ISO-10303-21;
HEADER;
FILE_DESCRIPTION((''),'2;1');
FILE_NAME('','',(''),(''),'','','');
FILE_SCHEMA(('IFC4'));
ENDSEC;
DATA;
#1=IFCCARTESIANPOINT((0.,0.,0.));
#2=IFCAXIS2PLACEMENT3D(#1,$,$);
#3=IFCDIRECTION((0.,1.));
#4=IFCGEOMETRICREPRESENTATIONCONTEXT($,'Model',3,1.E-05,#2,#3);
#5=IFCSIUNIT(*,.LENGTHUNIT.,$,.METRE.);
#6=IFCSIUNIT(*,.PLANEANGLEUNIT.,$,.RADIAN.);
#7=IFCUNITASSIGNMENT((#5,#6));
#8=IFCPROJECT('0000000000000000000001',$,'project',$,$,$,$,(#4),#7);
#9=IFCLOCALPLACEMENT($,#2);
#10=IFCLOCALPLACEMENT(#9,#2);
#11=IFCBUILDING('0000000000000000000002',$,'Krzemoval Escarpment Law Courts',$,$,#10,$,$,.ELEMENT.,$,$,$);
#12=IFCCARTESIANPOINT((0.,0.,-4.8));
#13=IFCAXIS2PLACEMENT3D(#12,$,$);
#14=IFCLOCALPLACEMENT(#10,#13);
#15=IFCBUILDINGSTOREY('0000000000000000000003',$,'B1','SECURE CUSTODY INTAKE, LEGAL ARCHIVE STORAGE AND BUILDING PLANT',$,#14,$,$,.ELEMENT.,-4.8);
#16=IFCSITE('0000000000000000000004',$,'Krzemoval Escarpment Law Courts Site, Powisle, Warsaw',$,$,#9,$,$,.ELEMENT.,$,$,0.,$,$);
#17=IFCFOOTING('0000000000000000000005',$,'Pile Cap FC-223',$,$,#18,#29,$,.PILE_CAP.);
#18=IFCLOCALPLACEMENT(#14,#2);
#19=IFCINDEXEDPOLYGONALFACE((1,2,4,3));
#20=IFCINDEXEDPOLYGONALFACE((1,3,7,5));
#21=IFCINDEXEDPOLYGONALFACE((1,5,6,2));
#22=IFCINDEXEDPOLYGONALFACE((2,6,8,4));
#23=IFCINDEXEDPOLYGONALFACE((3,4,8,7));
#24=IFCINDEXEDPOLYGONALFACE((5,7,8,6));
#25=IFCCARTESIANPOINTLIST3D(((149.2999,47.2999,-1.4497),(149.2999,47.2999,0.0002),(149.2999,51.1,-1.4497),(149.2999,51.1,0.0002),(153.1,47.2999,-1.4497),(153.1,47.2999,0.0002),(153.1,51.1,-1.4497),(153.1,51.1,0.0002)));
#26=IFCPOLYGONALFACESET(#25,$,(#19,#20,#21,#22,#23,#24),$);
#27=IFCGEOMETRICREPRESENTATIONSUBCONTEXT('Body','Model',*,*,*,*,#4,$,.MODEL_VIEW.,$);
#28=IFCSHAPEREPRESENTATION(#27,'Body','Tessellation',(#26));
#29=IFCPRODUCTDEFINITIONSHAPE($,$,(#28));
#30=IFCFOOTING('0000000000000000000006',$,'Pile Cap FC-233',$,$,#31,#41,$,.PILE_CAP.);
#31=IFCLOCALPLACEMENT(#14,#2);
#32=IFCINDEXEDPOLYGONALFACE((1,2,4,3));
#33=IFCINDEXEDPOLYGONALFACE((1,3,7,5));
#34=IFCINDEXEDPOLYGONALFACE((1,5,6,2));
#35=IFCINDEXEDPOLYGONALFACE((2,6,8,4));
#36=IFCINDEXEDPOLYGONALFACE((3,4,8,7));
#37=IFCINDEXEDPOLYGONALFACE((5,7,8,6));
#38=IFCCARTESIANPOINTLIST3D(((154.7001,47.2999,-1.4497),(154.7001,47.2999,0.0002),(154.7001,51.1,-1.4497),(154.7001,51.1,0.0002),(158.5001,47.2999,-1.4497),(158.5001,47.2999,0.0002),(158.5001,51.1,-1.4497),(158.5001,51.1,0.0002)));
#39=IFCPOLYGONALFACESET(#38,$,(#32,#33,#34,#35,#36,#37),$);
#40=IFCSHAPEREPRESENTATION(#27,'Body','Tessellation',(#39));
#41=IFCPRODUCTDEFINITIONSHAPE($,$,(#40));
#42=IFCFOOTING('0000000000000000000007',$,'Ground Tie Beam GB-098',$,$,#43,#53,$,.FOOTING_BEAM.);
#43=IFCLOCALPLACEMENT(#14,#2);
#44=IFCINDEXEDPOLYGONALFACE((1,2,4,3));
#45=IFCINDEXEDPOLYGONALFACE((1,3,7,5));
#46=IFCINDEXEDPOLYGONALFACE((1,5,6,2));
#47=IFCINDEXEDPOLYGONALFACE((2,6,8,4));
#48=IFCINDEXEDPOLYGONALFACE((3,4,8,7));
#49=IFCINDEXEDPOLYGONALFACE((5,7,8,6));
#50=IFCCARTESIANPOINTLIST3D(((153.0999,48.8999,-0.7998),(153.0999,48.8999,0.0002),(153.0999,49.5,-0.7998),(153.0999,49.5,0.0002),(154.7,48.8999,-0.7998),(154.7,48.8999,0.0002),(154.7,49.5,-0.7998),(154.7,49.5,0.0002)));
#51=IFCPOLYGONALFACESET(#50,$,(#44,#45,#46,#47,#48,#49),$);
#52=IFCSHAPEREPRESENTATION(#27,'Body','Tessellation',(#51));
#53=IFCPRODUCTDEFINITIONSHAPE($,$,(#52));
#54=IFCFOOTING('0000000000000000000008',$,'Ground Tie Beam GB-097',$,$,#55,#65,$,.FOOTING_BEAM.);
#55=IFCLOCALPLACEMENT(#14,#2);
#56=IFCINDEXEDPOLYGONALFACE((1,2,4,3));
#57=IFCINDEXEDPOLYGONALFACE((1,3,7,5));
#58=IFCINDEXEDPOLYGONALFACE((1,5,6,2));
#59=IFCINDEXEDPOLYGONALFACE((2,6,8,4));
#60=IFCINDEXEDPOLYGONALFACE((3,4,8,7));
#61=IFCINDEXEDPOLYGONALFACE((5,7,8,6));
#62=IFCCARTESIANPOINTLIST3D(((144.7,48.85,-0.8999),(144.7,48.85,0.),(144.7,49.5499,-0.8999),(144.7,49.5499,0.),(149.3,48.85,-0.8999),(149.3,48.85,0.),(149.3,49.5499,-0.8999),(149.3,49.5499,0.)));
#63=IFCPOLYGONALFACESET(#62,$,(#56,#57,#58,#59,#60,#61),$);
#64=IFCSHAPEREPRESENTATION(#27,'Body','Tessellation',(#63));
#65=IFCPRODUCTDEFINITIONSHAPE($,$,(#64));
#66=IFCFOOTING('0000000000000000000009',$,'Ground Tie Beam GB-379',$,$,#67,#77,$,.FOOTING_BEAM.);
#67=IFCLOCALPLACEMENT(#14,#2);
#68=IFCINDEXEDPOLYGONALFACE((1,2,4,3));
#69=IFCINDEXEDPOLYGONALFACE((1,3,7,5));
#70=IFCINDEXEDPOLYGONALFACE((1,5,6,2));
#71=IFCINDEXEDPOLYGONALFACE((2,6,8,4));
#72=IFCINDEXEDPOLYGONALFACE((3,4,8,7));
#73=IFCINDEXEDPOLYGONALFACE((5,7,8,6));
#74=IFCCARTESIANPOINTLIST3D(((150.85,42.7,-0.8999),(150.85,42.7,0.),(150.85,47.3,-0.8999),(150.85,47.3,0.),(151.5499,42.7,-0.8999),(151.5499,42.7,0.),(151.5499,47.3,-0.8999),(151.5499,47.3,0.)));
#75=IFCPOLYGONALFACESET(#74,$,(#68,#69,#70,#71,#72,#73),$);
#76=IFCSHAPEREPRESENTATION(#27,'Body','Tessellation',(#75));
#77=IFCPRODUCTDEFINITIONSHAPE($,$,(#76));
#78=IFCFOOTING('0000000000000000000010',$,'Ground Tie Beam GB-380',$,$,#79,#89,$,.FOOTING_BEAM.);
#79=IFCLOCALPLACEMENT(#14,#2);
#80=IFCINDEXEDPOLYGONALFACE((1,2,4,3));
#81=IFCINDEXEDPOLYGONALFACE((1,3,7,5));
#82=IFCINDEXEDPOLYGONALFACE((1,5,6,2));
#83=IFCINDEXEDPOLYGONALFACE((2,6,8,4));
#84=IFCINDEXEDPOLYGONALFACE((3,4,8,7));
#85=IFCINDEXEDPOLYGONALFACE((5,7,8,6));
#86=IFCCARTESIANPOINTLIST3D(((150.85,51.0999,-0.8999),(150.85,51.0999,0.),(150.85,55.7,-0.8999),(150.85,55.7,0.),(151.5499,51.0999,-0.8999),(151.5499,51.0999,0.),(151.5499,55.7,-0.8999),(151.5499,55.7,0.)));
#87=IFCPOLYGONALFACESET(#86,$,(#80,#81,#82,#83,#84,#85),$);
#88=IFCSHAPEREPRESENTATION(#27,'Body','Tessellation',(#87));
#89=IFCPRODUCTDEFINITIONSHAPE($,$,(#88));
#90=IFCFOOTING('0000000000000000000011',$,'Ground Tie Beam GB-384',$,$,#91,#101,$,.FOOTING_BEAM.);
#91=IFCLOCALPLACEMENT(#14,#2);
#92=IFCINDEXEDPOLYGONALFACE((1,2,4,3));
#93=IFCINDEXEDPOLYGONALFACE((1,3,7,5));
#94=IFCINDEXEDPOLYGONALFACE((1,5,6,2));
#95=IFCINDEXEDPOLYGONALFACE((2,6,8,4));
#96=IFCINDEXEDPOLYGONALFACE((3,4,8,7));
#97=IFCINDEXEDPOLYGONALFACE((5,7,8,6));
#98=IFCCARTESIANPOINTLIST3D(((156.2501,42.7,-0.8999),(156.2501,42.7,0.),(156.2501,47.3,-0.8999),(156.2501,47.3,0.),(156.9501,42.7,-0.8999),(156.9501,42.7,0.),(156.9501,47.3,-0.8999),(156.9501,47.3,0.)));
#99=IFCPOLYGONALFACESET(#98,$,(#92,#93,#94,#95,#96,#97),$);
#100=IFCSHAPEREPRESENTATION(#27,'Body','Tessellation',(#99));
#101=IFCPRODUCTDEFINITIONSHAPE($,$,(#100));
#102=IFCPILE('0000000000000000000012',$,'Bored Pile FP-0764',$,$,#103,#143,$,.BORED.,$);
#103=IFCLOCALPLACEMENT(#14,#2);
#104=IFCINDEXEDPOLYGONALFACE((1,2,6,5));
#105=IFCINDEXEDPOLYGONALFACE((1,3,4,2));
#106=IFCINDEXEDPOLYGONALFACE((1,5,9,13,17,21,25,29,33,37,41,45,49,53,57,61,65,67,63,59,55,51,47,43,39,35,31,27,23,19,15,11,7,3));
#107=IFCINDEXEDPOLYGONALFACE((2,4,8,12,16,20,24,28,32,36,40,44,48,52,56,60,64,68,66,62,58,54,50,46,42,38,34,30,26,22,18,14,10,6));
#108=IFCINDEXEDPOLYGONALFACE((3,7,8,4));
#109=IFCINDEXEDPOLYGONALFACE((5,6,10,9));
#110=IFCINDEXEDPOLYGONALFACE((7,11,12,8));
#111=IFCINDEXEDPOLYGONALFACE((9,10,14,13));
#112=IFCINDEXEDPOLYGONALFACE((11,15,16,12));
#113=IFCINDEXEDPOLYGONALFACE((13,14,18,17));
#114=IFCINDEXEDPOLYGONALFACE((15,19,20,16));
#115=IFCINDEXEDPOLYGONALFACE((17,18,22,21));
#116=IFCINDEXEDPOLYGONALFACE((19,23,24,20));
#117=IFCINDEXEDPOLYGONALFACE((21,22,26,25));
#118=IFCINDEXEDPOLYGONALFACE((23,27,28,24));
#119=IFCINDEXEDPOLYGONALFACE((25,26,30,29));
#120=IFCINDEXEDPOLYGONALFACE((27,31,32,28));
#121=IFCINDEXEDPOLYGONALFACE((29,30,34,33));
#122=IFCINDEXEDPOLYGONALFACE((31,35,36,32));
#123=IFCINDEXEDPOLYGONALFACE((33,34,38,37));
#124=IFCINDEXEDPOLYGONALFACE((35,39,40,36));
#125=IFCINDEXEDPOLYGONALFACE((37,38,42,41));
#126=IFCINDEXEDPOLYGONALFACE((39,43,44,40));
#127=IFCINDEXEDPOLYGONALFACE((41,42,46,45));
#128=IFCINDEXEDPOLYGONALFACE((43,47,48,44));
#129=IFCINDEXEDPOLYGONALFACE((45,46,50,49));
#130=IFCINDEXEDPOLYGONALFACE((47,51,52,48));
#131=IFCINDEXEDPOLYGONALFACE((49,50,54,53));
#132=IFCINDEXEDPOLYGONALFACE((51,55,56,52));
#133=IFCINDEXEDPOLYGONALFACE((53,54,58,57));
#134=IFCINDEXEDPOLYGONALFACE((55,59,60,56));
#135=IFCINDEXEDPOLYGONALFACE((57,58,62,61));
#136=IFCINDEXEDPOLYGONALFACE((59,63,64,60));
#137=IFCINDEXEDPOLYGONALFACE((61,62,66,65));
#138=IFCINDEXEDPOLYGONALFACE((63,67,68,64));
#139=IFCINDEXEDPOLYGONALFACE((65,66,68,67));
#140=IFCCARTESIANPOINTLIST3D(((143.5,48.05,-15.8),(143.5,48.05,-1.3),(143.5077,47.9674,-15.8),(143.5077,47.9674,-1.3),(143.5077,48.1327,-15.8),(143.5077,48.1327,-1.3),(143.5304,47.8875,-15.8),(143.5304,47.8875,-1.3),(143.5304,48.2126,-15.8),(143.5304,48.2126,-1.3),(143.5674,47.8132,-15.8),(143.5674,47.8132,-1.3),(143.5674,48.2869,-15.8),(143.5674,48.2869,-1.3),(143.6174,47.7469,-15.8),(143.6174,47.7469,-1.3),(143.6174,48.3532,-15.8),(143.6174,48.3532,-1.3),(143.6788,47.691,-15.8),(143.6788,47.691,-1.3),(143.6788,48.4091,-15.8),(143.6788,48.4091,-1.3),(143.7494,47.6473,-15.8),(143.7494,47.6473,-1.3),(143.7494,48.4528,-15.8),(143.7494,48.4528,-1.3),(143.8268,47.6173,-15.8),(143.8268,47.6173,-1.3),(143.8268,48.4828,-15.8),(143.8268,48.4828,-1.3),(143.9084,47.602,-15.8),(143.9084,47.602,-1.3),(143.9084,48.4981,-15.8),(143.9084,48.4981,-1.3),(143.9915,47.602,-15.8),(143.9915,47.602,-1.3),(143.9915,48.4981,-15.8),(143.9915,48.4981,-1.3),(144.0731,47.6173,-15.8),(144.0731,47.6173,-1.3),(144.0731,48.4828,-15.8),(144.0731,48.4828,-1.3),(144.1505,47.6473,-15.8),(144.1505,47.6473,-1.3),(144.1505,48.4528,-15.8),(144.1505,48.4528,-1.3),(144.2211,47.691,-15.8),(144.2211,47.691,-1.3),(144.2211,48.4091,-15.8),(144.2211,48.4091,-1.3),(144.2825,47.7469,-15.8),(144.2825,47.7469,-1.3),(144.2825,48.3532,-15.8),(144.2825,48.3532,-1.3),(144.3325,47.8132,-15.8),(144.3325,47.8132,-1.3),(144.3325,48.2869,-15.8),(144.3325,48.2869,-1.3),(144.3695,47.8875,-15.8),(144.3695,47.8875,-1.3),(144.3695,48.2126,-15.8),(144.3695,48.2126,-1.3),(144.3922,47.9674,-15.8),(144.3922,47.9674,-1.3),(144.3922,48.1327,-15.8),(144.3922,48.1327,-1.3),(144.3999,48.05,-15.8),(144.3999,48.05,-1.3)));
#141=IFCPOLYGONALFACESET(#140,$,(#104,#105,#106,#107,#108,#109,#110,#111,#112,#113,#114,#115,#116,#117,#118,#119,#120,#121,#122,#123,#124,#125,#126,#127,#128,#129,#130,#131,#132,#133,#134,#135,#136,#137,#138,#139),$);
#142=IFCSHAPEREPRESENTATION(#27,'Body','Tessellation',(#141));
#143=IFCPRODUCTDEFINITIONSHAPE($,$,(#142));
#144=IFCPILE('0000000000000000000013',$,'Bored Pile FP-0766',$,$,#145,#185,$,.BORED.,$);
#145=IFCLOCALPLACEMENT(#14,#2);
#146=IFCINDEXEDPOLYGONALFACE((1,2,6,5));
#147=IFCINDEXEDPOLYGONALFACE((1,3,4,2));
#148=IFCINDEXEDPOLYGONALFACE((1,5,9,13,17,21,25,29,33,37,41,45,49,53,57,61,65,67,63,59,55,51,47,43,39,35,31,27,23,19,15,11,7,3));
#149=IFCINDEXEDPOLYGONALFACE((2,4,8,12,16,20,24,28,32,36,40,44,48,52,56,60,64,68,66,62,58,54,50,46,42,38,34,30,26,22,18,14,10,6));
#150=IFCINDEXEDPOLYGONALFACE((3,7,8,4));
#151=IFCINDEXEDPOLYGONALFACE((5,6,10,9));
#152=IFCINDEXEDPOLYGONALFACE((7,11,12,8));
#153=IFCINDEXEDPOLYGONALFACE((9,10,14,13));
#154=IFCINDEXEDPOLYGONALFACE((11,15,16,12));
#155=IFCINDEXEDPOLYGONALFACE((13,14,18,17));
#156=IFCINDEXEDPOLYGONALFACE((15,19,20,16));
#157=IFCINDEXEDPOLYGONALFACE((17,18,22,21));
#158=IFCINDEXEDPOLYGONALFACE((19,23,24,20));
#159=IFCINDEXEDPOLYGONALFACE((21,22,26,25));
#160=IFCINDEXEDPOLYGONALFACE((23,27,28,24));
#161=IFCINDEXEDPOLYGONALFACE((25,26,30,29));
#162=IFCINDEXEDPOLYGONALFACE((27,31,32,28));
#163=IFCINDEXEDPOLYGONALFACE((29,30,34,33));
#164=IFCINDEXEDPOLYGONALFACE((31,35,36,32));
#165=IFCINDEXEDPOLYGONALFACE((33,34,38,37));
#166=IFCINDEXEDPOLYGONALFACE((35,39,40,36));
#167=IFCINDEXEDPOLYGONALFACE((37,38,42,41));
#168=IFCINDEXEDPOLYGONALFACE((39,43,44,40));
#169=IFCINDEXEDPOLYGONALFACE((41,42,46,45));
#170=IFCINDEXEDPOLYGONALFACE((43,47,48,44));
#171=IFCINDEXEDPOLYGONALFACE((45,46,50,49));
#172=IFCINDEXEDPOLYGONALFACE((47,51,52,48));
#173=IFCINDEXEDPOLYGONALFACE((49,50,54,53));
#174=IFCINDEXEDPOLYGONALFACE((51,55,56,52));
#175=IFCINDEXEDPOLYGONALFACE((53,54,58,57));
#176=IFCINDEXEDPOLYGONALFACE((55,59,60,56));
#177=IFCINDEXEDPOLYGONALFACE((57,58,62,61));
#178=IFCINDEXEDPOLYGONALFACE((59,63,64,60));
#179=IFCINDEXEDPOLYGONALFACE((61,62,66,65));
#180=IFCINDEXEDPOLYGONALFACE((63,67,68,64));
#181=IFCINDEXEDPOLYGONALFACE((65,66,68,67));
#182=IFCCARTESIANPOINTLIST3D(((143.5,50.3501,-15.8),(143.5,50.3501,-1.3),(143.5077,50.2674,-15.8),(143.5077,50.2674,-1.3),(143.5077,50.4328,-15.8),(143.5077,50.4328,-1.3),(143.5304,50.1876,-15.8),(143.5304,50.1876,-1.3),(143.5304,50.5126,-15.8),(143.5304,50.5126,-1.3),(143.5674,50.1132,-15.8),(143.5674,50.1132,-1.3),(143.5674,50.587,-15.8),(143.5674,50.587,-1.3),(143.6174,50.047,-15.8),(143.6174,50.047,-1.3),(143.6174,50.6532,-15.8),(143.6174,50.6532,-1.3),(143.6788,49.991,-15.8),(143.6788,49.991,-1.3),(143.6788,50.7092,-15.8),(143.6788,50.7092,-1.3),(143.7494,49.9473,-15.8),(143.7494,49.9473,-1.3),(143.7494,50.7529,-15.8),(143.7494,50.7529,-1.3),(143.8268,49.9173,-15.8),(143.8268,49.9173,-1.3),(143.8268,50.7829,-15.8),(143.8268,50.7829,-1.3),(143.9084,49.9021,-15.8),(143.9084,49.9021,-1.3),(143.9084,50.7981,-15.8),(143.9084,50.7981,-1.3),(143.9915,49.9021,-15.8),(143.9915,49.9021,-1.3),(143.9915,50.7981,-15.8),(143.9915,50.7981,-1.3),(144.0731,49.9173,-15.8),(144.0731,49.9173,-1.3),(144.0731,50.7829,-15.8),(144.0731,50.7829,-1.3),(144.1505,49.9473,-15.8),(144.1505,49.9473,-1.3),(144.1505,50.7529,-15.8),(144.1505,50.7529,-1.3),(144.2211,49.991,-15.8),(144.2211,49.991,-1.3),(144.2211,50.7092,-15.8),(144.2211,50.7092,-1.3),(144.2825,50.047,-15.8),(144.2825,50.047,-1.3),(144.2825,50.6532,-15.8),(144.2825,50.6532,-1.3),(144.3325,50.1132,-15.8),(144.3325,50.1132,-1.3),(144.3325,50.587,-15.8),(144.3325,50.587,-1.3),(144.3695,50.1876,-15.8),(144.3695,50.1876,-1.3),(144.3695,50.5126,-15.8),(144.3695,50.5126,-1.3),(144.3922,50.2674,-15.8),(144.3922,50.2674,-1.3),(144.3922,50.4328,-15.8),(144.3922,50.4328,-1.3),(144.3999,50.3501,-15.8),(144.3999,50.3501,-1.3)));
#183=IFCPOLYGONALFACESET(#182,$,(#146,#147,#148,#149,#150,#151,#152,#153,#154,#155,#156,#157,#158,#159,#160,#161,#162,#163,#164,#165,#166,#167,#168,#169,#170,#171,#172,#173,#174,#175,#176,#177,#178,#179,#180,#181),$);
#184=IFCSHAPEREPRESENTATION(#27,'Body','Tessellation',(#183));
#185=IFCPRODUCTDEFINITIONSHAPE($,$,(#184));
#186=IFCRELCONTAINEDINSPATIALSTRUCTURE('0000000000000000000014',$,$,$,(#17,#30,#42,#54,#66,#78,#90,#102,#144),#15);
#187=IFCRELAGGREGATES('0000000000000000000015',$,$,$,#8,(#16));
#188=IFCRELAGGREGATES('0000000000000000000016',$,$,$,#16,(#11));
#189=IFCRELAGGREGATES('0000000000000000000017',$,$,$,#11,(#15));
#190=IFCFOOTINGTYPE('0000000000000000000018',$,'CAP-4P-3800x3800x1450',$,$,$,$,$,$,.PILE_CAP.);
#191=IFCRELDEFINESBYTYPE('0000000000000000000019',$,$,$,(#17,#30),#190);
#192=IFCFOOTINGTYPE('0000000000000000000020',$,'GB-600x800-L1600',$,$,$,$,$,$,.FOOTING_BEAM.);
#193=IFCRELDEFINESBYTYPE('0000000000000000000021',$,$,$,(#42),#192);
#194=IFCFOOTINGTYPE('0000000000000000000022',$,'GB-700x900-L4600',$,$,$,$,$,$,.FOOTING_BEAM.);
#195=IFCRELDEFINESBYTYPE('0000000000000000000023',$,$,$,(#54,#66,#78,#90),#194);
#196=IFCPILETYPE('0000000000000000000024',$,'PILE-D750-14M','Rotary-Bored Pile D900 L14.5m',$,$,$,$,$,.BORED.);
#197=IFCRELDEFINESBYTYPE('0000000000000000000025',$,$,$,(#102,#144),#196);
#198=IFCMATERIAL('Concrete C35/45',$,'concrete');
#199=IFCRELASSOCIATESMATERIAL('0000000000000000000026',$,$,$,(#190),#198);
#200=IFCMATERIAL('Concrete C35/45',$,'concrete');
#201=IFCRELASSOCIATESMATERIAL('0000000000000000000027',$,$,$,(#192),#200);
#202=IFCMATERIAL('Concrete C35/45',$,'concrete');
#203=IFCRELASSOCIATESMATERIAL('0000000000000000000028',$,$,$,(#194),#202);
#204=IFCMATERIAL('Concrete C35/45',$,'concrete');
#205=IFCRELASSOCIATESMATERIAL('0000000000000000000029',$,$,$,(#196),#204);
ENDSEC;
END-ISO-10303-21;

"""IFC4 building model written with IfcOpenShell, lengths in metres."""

from ifc_helpers import new_model, si_unit, direction, frame, origin, origin_2d, place, context, subcontext, project, spatial, rectangle, circle, extrude, material, material_profile, profile_set, type_object, element, save


model = new_model("IFC4")

# Units and contexts
model_context = context("Model", 3, precision=1e-05, world=origin(), true_north=direction((0.0, 1.0)))
body_context = subcontext(model_context, "Body", "Model", "MODEL_VIEW")
ifc_project = project(units=[si_unit("LENGTHUNIT", "METRE"), si_unit("PLANEANGLEUNIT", "RADIAN")], contexts=[model_context])

# Site, building, storey
site_placement = place(None, origin())
site = spatial("IfcSite", under=ifc_project, at=site_placement, Name="Krzemoval Escarpment Law Courts Site, Powisle, Warsaw", CompositionType="ELEMENT", RefElevation=0.0)
building_placement = place(site_placement, origin())
building = spatial("IfcBuilding", under=site, at=building_placement, Name="Krzemoval Escarpment Law Courts", CompositionType="ELEMENT")
storey_placement = place(building_placement, frame((0.0, 0.0, -4.8)))
storey = spatial("IfcBuildingStorey", under=building, at=storey_placement, Name="B1", Description="SECURE CUSTODY INTAKE, LEGAL ARCHIVE STORAGE AND BUILDING PLANT", CompositionType="ELEMENT", Elevation=-4.8)

# Footings
ifc_material_1 = material(Name="Concrete C35/45", Category="concrete")
footing_type_1 = type_object("IfcFootingType", Name="CAP-4P-3800x3800x1450", PredefinedType="PILE_CAP", material=ifc_material_1)
for number, where, z_axis, x_axis, name in (
    (1, (151.2, 49.2, -1.4497), (0.0, 0.0, 1.0), (1.0, 0.0, 0.0), "Pile Cap FC-223"),
    (2, (156.6001, 49.2, -1.4497), (0.0, 0.0, 1.0), (1.0, 0.0, 0.0), "Pile Cap FC-233"),
):
    element("IfcFooting", number, at=place(storey_placement, frame(where, z_axis=z_axis, x_axis=x_axis)), inside=storey, type_object=footing_type_1, Name=name, PredefinedType="PILE_CAP", context=body_context, shape_type="SweptSolid", body=[
        extrude(rectangle(XDim=3.8, YDim=3.8, at=origin_2d()), origin(), (0.0, 0.0, 1.0), 1.45),
    ])
ifc_material_2 = material(Name="Concrete C35/45", Category="concrete")
footing_type_2 = type_object("IfcFootingType", Name="GB-600x800-L1600", PredefinedType="FOOTING_BEAM", material=ifc_material_2)
footing_placement = place(storey_placement, frame((153.8999, 49.2, -0.7998), z_axis=(0.0, 0.0, 1.0), x_axis=(1.0, 0.0, 0.0)))
element("IfcFooting", 3, at=footing_placement, inside=storey, type_object=footing_type_2, Name="Ground Tie Beam GB-098", PredefinedType="FOOTING_BEAM", context=body_context, shape_type="SweptSolid", body=[
    extrude(rectangle(XDim=1.6001, YDim=0.6001, at=origin_2d()), origin(), (0.0, 0.0, 1.0), 0.8),
])
ifc_material_3 = material(Name="Concrete C35/45", Category="concrete")
footing_type_3 = type_object("IfcFootingType", Name="GB-700x900-L4600", PredefinedType="FOOTING_BEAM", material=ifc_material_3)
for number, where, z_axis, x_axis, name in (
    (4, (147.0, 49.2, -0.8999), (0.0, 0.0, 1.0), (1.0, 0.0, 0.0), "Ground Tie Beam GB-097"),
    (5, (151.2, 45.0, -0.8999), (0.0, 0.0, 1.0), (0.0, 1.0, 0.0), "Ground Tie Beam GB-379"),
    (6, (151.2, 53.3999, -0.8999), (0.0, 0.0, 1.0), (0.0, 1.0, 0.0), "Ground Tie Beam GB-380"),
    (7, (156.6001, 45.0, -0.8999), (0.0, 0.0, 1.0), (0.0, 1.0, 0.0), "Ground Tie Beam GB-384"),
):
    element("IfcFooting", number, at=place(storey_placement, frame(where, z_axis=z_axis, x_axis=x_axis)), inside=storey, type_object=footing_type_3, Name=name, PredefinedType="FOOTING_BEAM", context=body_context, shape_type="SweptSolid", body=[
        extrude(rectangle(XDim=4.6001, YDim=0.7, at=origin_2d()), origin(), (0.0, 0.0, 1.0), 0.8999),
    ])

# Piles
ifc_material_4 = material(Name="Concrete C35/45", Category="concrete")
ifc_material_profile_1 = material_profile(ifc_material_4, circle(Radius=0.45, at=origin_2d()), Name="PILE D900")
ifc_profile_set_1 = profile_set([ifc_material_profile_1], Name="Concrete C35/45")
pile_type = type_object("IfcPileType", Name="PILE-D750-14M", Description="Rotary-Bored Pile D900 L14.5m", PredefinedType="BORED", material=ifc_profile_set_1)
for number, where, z_axis, x_axis, name in (
    (8, (143.95, 48.05, -1.3), (0.0, 0.0, -1.0), (1.0, 0.0, 0.0), "Bored Pile FP-0764"),
    (9, (143.95, 50.3501, -1.3), (0.0, 0.0, -1.0), (1.0, 0.0, 0.0), "Bored Pile FP-0766"),
):
    element("IfcPile", number, at=place(storey_placement, frame(where, z_axis=z_axis, x_axis=x_axis)), inside=storey, type_object=pile_type, Name=name, PredefinedType="BORED", context=body_context, shape_type="SweptSolid", body=[
        extrude(circle(Radius=0.45, at=origin_2d()), origin(), (0.0, 0.0, 1.0), 14.5),
    ])

save(model, "model.ifc")
